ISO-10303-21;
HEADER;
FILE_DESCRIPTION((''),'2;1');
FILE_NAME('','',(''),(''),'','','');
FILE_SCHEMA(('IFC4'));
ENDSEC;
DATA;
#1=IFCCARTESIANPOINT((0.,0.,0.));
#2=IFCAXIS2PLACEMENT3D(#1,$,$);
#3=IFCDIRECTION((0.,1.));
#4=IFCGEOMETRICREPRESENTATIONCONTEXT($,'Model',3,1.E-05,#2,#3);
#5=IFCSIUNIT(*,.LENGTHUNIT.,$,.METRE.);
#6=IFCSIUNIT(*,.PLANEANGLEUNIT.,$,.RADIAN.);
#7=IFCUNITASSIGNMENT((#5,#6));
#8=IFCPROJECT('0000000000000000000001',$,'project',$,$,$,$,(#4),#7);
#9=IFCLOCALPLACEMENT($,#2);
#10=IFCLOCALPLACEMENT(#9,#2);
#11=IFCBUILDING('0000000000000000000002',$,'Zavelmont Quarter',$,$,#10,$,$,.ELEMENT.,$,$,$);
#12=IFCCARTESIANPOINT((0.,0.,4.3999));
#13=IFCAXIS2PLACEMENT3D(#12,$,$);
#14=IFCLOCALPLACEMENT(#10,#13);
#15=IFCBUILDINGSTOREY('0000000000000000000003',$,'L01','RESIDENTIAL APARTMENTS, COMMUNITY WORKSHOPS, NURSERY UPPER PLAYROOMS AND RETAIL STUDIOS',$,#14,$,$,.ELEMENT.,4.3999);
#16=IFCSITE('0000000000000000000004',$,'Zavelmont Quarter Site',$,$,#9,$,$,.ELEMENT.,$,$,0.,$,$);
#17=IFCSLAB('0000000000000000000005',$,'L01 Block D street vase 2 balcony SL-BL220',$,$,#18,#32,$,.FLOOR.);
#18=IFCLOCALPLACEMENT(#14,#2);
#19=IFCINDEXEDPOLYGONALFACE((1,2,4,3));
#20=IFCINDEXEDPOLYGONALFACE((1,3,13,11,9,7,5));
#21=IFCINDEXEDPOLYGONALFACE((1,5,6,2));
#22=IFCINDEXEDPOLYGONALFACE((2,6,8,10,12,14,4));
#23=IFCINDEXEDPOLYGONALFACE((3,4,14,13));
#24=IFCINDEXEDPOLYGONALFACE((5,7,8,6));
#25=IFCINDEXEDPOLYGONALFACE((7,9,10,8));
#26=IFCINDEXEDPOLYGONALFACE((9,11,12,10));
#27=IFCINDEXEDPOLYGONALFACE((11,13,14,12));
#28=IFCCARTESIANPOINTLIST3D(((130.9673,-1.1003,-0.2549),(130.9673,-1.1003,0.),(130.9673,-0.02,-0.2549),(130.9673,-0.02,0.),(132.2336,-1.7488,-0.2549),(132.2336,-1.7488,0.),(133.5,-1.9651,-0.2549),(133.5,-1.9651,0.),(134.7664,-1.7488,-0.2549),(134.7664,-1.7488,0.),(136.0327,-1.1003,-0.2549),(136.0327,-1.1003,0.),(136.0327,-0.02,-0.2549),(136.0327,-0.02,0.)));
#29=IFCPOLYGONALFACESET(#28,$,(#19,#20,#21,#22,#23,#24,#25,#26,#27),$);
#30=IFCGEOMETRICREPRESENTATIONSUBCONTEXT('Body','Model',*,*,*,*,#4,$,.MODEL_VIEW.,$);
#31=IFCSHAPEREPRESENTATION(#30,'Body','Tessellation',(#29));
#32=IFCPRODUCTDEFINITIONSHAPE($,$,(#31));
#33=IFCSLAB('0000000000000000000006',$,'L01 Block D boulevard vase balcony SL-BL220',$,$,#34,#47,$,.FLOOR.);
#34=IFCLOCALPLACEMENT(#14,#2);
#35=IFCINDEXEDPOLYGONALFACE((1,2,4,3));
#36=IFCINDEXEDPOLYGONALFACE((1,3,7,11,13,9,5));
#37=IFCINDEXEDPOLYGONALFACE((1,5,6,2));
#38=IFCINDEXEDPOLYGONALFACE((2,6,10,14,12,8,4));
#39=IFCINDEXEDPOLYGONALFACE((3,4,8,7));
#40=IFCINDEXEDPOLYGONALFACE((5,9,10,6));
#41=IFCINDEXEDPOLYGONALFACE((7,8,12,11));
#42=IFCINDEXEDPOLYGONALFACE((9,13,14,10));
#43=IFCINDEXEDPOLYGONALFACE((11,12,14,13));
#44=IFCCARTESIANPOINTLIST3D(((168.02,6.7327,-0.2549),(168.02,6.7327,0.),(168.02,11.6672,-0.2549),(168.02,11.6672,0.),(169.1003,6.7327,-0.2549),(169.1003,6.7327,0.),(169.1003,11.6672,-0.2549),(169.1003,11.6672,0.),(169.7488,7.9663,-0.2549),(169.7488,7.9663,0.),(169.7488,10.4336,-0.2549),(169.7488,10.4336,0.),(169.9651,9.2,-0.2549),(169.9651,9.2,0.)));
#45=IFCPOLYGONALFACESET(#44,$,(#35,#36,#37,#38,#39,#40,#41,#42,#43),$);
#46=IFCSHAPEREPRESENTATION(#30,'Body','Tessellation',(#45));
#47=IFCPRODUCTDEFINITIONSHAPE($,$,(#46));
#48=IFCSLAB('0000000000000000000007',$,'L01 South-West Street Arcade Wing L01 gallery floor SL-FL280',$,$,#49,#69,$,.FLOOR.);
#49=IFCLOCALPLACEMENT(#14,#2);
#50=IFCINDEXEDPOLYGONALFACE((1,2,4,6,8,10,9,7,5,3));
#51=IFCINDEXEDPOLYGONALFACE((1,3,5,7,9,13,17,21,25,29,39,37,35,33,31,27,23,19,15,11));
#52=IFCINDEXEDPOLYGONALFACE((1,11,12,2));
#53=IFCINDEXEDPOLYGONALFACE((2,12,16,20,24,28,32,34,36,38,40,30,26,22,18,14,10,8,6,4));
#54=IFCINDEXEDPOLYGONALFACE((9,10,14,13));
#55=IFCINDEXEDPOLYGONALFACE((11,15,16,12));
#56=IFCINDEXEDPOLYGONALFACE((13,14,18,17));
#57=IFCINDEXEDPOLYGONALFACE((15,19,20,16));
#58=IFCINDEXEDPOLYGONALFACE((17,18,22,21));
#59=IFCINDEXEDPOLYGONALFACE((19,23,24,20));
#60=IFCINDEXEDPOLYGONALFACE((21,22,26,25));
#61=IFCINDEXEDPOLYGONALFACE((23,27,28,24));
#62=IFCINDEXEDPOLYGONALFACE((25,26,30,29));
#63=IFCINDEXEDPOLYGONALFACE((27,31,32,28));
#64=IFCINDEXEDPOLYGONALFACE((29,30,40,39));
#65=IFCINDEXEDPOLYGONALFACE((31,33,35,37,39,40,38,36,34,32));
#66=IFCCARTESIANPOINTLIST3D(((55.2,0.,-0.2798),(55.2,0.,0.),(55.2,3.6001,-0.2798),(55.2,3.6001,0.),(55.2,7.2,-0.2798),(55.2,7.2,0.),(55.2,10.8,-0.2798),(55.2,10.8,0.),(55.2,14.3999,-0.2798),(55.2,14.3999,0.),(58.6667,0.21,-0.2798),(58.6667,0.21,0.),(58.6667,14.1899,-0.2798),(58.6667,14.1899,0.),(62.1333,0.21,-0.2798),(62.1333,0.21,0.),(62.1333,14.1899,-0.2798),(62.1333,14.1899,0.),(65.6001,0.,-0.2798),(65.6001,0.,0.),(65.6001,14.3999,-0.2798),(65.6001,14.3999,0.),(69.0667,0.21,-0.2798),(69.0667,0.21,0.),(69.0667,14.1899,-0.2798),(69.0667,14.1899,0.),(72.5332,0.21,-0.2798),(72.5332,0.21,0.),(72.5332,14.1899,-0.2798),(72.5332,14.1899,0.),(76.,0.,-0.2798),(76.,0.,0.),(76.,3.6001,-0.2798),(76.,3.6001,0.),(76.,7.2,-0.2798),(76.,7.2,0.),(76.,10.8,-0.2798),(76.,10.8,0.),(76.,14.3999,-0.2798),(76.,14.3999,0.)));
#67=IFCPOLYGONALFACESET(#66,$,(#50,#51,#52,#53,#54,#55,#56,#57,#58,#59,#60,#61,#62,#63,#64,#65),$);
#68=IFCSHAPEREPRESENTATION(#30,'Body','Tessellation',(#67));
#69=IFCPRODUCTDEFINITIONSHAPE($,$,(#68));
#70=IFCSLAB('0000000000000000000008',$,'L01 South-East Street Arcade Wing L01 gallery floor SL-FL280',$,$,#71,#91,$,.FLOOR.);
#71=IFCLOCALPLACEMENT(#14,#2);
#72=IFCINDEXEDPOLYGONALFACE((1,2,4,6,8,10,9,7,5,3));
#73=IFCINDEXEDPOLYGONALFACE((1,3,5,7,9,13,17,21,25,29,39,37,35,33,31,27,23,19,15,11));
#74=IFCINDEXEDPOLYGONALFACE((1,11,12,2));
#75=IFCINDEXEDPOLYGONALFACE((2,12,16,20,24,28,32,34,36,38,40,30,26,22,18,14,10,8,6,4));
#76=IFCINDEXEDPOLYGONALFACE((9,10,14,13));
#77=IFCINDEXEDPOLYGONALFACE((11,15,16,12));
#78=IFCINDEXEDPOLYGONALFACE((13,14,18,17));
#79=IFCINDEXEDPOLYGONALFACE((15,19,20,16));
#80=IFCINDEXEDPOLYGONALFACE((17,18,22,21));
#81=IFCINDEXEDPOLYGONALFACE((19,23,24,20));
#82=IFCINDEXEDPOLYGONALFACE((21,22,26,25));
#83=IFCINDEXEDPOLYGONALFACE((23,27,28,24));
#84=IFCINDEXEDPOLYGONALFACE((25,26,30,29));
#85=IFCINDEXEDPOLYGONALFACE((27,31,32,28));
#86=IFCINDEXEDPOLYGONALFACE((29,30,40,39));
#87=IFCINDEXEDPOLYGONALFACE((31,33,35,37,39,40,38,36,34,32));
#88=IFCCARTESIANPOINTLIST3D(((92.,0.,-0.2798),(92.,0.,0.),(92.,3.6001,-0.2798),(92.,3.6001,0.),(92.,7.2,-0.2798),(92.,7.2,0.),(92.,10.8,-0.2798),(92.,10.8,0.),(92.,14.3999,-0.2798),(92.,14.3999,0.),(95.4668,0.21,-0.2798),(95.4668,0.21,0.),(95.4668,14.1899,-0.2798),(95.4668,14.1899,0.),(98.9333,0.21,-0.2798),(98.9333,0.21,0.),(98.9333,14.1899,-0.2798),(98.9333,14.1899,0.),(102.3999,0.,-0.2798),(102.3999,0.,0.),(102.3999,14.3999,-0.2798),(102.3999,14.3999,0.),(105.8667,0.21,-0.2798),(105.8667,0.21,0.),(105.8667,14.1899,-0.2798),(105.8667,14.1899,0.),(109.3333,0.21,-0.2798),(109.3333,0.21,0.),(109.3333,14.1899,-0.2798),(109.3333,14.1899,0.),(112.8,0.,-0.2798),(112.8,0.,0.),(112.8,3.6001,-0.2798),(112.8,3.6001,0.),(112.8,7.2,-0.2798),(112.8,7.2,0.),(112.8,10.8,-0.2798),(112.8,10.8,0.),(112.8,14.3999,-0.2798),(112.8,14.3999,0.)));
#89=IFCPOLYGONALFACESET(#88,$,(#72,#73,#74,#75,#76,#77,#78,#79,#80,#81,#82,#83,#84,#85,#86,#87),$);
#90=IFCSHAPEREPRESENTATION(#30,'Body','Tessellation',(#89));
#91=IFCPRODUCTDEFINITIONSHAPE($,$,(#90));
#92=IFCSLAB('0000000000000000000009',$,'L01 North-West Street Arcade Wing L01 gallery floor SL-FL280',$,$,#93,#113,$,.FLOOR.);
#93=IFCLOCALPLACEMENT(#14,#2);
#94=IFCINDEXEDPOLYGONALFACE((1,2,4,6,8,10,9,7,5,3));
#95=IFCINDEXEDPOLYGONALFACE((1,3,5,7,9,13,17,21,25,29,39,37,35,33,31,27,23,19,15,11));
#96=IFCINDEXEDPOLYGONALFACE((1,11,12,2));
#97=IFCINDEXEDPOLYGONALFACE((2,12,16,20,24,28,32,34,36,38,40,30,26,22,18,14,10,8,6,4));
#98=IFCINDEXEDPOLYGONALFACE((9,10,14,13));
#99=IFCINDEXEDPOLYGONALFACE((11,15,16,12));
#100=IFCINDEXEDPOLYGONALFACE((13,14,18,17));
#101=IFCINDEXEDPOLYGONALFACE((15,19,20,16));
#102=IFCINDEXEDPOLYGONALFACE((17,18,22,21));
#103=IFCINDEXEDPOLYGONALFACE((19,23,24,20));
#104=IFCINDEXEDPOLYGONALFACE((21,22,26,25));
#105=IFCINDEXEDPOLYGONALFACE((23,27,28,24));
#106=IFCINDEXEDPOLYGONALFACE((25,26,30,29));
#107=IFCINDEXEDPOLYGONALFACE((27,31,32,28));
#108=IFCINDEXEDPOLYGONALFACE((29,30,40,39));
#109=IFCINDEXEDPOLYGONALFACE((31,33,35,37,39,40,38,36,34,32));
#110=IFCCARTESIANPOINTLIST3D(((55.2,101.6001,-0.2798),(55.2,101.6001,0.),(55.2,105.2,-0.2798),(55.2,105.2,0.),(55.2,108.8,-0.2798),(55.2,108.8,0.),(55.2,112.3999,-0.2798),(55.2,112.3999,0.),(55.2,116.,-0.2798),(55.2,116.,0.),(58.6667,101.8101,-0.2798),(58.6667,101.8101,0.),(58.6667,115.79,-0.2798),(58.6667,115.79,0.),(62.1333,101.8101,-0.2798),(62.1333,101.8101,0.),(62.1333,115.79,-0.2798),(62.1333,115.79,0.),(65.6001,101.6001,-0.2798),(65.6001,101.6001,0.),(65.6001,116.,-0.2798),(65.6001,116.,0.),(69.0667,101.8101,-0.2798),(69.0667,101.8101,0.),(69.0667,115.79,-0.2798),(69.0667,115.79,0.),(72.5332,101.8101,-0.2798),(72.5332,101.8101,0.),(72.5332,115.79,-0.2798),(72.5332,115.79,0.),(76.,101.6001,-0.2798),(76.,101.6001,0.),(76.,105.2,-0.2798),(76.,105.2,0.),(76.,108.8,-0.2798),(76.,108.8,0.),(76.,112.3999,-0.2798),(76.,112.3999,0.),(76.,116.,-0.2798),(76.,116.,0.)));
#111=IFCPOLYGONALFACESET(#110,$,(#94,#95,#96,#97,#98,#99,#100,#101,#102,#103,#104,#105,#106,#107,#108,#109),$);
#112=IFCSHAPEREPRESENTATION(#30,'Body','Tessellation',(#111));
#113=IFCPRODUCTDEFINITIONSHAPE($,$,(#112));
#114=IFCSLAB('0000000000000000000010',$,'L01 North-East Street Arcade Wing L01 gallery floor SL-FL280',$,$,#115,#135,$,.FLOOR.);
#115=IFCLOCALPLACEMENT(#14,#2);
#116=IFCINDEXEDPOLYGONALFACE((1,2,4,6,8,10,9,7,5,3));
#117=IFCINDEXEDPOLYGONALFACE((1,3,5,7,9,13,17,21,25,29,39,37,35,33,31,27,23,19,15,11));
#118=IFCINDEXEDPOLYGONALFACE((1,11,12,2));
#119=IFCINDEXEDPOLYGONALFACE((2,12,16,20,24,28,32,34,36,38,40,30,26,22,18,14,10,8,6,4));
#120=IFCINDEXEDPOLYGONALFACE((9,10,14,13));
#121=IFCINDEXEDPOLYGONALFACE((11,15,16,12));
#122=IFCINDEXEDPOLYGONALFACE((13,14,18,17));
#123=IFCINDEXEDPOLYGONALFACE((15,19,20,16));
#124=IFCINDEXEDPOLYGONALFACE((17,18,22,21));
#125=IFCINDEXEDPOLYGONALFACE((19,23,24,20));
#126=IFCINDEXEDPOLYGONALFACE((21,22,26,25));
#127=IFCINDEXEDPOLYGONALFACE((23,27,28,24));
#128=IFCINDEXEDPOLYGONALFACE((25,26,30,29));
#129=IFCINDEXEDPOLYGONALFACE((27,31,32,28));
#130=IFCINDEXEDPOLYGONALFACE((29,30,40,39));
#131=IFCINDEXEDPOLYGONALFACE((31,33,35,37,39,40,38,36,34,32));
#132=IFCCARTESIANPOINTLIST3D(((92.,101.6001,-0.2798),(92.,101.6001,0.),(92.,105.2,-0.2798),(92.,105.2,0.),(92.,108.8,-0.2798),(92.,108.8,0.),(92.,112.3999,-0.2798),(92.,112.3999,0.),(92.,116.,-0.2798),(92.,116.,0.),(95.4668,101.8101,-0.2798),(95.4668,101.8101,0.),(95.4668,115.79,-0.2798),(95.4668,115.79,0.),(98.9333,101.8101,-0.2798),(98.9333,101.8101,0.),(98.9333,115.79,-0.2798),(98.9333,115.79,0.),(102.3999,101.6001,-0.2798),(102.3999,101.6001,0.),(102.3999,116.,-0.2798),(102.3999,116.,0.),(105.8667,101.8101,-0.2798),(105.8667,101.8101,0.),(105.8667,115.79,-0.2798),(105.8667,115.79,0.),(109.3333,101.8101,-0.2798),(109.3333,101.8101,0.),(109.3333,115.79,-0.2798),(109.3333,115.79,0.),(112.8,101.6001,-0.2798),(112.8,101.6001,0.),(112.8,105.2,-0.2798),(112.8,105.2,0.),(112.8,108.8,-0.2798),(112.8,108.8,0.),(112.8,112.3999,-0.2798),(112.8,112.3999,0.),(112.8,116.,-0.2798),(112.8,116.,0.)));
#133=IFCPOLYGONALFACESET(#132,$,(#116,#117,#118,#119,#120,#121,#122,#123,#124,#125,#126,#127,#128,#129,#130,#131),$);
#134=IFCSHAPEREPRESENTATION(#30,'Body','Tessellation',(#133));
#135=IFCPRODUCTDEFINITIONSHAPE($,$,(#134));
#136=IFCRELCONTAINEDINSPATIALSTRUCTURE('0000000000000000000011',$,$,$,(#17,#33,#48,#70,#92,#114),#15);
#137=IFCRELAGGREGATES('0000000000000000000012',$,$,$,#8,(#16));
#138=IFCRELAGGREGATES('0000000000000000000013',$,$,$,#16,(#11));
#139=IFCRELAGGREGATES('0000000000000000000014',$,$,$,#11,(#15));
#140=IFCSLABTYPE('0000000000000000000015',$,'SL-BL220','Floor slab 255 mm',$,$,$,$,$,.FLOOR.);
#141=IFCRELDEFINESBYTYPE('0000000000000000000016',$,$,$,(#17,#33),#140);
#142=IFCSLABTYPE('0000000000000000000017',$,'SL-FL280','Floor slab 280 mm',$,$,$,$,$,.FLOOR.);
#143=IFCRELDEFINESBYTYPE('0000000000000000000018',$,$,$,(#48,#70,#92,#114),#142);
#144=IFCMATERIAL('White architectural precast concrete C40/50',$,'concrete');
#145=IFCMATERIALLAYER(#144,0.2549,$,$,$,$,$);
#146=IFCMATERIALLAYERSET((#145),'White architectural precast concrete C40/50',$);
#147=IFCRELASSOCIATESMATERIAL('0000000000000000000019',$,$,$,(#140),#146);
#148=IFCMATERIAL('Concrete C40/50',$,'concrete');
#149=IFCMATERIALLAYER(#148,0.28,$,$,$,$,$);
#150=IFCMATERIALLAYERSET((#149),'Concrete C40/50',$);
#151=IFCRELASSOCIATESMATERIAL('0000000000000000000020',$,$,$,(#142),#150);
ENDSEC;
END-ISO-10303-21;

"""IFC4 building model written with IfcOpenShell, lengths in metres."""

from ifc_helpers import new_model, si_unit, direction, frame, origin, place, context, subcontext, project, spatial, polyline, outline, extrude, material, layer, layer_set, type_object, element, save


model = new_model("IFC4")

# Units and contexts
model_context = context("Model", 3, precision=1e-05, world=origin(), true_north=direction((0.0, 1.0)))
body_context = subcontext(model_context, "Body", "Model", "MODEL_VIEW")
ifc_project = project(units=[si_unit("LENGTHUNIT", "METRE"), si_unit("PLANEANGLEUNIT", "RADIAN")], contexts=[model_context])

# Site, building, storey
site_placement = place(None, origin())
site = spatial("IfcSite", under=ifc_project, at=site_placement, Name="Zavelmont Quarter Site", CompositionType="ELEMENT", RefElevation=0.0)
building_placement = place(site_placement, origin())
building = spatial("IfcBuilding", under=site, at=building_placement, Name="Zavelmont Quarter", CompositionType="ELEMENT")
storey_placement = place(building_placement, frame((0.0, 0.0, 4.3999)))
storey = spatial("IfcBuildingStorey", under=building, at=storey_placement, Name="L01", Description="RESIDENTIAL APARTMENTS, COMMUNITY WORKSHOPS, NURSERY UPPER PLAYROOMS AND RETAIL STUDIOS", CompositionType="ELEMENT", Elevation=4.3999)

# Slabs
ifc_material_1 = material(Name="White architectural precast concrete C40/50", Category="concrete")
ifc_layer_1 = layer(ifc_material_1, 0.2549)
ifc_layer_set_1 = layer_set([ifc_layer_1], Name="White architectural precast concrete C40/50")
slab_type_1 = type_object("IfcSlabType", Name="SL-BL220", Description="Floor slab 255 mm", PredefinedType="FLOOR", material=ifc_layer_set_1)
slab_1_placement = place(storey_placement, frame((0.0, 0.0, -0.2549)))
element("IfcSlab", 1, at=slab_1_placement, inside=storey, type_object=slab_type_1, Name="L01 Block D street vase 2 balcony SL-BL220", PredefinedType="FLOOR", context=body_context, shape_type="SweptSolid", body=[
    extrude(outline(polyline([(130.9673, -0.02), (130.9673, -1.1003), (132.2336, -1.7488), (133.5, -1.9651), (134.7664, -1.7488), (136.0327, -1.1003), (136.0327, -0.02), (130.9673, -0.02)])), origin(), (0.0, 0.0, 1.0), 0.2549),
])
slab_2_placement = place(storey_placement, frame((0.0, 0.0, -0.2549)))
element("IfcSlab", 2, at=slab_2_placement, inside=storey, type_object=slab_type_1, Name="L01 Block D boulevard vase balcony SL-BL220", PredefinedType="FLOOR", context=body_context, shape_type="SweptSolid", body=[
    extrude(outline(polyline([(168.02, 6.7327), (169.1003, 6.7327), (169.7488, 7.9663), (169.9651, 9.2), (169.7488, 10.4336), (169.1003, 11.6672), (168.02, 11.6672), (168.02, 6.7327)])), origin(), (0.0, 0.0, 1.0), 0.2549),
])
ifc_material_2 = material(Name="Concrete C40/50", Category="concrete")
ifc_layer_2 = layer(ifc_material_2, 0.28)
ifc_layer_set_2 = layer_set([ifc_layer_2], Name="Concrete C40/50")
slab_type_2 = type_object("IfcSlabType", Name="SL-FL280", Description="Floor slab 280 mm", PredefinedType="FLOOR", material=ifc_layer_set_2)
slab_3_placement = place(storey_placement, frame((0.0, 0.0, -0.2798)))
element("IfcSlab", 3, at=slab_3_placement, inside=storey, type_object=slab_type_2, Name="L01 South-West Street Arcade Wing L01 gallery floor SL-FL280", PredefinedType="FLOOR", context=body_context, shape_type="SweptSolid", body=[
    extrude(outline(polyline([(55.2, 0.0), (58.6667, 0.21), (62.1333, 0.21), (65.6001, 0.0), (69.0667, 0.21), (72.5332, 0.21), (76.0, 0.0), (76.0, 3.6001), (76.0, 7.2), (76.0, 10.8), (76.0, 14.3999), (72.5332, 14.1899), (69.0667, 14.1899), (65.6001, 14.3999), (62.1333, 14.1899), (58.6667, 14.1899), (55.2, 14.3999), (55.2, 10.8), (55.2, 7.2), (55.2, 3.6001), (55.2, 0.0)])), origin(), (0.0, 0.0, 1.0), 0.2798),
])
slab_4_placement = place(storey_placement, frame((0.0, 0.0, -0.2798)))
element("IfcSlab", 4, at=slab_4_placement, inside=storey, type_object=slab_type_2, Name="L01 South-East Street Arcade Wing L01 gallery floor SL-FL280", PredefinedType="FLOOR", context=body_context, shape_type="SweptSolid", body=[
    extrude(outline(polyline([(92.0, 0.0), (95.4668, 0.21), (98.9333, 0.21), (102.3999, 0.0), (105.8667, 0.21), (109.3333, 0.21), (112.8, 0.0), (112.8, 3.6001), (112.8, 7.2), (112.8, 10.8), (112.8, 14.3999), (109.3333, 14.1899), (105.8667, 14.1899), (102.3999, 14.3999), (98.9333, 14.1899), (95.4668, 14.1899), (92.0, 14.3999), (92.0, 10.8), (92.0, 7.2), (92.0, 3.6001), (92.0, 0.0)])), origin(), (0.0, 0.0, 1.0), 0.2798),
])
slab_5_placement = place(storey_placement, frame((0.0, 0.0, -0.2798)))
element("IfcSlab", 5, at=slab_5_placement, inside=storey, type_object=slab_type_2, Name="L01 North-West Street Arcade Wing L01 gallery floor SL-FL280", PredefinedType="FLOOR", context=body_context, shape_type="SweptSolid", body=[
    extrude(outline(polyline([(55.2, 101.6001), (58.6667, 101.8101), (62.1333, 101.8101), (65.6001, 101.6001), (69.0667, 101.8101), (72.5332, 101.8101), (76.0, 101.6001), (76.0, 105.2), (76.0, 108.8), (76.0, 112.3999), (76.0, 116.0), (72.5332, 115.79), (69.0667, 115.79), (65.6001, 116.0), (62.1333, 115.79), (58.6667, 115.79), (55.2, 116.0), (55.2, 112.3999), (55.2, 108.8), (55.2, 105.2), (55.2, 101.6001)])), origin(), (0.0, 0.0, 1.0), 0.2798),
])
slab_6_placement = place(storey_placement, frame((0.0, 0.0, -0.2798)))
element("IfcSlab", 6, at=slab_6_placement, inside=storey, type_object=slab_type_2, Name="L01 North-East Street Arcade Wing L01 gallery floor SL-FL280", PredefinedType="FLOOR", context=body_context, shape_type="SweptSolid", body=[
    extrude(outline(polyline([(92.0, 101.6001), (95.4668, 101.8101), (98.9333, 101.8101), (102.3999, 101.6001), (105.8667, 101.8101), (109.3333, 101.8101), (112.8, 101.6001), (112.8, 105.2), (112.8, 108.8), (112.8, 112.3999), (112.8, 116.0), (109.3333, 115.79), (105.8667, 115.79), (102.3999, 116.0), (98.9333, 115.79), (95.4668, 115.79), (92.0, 116.0), (92.0, 112.3999), (92.0, 108.8), (92.0, 105.2), (92.0, 101.6001)])), origin(), (0.0, 0.0, 1.0), 0.2798),
])

save(model, "model.ifc")
